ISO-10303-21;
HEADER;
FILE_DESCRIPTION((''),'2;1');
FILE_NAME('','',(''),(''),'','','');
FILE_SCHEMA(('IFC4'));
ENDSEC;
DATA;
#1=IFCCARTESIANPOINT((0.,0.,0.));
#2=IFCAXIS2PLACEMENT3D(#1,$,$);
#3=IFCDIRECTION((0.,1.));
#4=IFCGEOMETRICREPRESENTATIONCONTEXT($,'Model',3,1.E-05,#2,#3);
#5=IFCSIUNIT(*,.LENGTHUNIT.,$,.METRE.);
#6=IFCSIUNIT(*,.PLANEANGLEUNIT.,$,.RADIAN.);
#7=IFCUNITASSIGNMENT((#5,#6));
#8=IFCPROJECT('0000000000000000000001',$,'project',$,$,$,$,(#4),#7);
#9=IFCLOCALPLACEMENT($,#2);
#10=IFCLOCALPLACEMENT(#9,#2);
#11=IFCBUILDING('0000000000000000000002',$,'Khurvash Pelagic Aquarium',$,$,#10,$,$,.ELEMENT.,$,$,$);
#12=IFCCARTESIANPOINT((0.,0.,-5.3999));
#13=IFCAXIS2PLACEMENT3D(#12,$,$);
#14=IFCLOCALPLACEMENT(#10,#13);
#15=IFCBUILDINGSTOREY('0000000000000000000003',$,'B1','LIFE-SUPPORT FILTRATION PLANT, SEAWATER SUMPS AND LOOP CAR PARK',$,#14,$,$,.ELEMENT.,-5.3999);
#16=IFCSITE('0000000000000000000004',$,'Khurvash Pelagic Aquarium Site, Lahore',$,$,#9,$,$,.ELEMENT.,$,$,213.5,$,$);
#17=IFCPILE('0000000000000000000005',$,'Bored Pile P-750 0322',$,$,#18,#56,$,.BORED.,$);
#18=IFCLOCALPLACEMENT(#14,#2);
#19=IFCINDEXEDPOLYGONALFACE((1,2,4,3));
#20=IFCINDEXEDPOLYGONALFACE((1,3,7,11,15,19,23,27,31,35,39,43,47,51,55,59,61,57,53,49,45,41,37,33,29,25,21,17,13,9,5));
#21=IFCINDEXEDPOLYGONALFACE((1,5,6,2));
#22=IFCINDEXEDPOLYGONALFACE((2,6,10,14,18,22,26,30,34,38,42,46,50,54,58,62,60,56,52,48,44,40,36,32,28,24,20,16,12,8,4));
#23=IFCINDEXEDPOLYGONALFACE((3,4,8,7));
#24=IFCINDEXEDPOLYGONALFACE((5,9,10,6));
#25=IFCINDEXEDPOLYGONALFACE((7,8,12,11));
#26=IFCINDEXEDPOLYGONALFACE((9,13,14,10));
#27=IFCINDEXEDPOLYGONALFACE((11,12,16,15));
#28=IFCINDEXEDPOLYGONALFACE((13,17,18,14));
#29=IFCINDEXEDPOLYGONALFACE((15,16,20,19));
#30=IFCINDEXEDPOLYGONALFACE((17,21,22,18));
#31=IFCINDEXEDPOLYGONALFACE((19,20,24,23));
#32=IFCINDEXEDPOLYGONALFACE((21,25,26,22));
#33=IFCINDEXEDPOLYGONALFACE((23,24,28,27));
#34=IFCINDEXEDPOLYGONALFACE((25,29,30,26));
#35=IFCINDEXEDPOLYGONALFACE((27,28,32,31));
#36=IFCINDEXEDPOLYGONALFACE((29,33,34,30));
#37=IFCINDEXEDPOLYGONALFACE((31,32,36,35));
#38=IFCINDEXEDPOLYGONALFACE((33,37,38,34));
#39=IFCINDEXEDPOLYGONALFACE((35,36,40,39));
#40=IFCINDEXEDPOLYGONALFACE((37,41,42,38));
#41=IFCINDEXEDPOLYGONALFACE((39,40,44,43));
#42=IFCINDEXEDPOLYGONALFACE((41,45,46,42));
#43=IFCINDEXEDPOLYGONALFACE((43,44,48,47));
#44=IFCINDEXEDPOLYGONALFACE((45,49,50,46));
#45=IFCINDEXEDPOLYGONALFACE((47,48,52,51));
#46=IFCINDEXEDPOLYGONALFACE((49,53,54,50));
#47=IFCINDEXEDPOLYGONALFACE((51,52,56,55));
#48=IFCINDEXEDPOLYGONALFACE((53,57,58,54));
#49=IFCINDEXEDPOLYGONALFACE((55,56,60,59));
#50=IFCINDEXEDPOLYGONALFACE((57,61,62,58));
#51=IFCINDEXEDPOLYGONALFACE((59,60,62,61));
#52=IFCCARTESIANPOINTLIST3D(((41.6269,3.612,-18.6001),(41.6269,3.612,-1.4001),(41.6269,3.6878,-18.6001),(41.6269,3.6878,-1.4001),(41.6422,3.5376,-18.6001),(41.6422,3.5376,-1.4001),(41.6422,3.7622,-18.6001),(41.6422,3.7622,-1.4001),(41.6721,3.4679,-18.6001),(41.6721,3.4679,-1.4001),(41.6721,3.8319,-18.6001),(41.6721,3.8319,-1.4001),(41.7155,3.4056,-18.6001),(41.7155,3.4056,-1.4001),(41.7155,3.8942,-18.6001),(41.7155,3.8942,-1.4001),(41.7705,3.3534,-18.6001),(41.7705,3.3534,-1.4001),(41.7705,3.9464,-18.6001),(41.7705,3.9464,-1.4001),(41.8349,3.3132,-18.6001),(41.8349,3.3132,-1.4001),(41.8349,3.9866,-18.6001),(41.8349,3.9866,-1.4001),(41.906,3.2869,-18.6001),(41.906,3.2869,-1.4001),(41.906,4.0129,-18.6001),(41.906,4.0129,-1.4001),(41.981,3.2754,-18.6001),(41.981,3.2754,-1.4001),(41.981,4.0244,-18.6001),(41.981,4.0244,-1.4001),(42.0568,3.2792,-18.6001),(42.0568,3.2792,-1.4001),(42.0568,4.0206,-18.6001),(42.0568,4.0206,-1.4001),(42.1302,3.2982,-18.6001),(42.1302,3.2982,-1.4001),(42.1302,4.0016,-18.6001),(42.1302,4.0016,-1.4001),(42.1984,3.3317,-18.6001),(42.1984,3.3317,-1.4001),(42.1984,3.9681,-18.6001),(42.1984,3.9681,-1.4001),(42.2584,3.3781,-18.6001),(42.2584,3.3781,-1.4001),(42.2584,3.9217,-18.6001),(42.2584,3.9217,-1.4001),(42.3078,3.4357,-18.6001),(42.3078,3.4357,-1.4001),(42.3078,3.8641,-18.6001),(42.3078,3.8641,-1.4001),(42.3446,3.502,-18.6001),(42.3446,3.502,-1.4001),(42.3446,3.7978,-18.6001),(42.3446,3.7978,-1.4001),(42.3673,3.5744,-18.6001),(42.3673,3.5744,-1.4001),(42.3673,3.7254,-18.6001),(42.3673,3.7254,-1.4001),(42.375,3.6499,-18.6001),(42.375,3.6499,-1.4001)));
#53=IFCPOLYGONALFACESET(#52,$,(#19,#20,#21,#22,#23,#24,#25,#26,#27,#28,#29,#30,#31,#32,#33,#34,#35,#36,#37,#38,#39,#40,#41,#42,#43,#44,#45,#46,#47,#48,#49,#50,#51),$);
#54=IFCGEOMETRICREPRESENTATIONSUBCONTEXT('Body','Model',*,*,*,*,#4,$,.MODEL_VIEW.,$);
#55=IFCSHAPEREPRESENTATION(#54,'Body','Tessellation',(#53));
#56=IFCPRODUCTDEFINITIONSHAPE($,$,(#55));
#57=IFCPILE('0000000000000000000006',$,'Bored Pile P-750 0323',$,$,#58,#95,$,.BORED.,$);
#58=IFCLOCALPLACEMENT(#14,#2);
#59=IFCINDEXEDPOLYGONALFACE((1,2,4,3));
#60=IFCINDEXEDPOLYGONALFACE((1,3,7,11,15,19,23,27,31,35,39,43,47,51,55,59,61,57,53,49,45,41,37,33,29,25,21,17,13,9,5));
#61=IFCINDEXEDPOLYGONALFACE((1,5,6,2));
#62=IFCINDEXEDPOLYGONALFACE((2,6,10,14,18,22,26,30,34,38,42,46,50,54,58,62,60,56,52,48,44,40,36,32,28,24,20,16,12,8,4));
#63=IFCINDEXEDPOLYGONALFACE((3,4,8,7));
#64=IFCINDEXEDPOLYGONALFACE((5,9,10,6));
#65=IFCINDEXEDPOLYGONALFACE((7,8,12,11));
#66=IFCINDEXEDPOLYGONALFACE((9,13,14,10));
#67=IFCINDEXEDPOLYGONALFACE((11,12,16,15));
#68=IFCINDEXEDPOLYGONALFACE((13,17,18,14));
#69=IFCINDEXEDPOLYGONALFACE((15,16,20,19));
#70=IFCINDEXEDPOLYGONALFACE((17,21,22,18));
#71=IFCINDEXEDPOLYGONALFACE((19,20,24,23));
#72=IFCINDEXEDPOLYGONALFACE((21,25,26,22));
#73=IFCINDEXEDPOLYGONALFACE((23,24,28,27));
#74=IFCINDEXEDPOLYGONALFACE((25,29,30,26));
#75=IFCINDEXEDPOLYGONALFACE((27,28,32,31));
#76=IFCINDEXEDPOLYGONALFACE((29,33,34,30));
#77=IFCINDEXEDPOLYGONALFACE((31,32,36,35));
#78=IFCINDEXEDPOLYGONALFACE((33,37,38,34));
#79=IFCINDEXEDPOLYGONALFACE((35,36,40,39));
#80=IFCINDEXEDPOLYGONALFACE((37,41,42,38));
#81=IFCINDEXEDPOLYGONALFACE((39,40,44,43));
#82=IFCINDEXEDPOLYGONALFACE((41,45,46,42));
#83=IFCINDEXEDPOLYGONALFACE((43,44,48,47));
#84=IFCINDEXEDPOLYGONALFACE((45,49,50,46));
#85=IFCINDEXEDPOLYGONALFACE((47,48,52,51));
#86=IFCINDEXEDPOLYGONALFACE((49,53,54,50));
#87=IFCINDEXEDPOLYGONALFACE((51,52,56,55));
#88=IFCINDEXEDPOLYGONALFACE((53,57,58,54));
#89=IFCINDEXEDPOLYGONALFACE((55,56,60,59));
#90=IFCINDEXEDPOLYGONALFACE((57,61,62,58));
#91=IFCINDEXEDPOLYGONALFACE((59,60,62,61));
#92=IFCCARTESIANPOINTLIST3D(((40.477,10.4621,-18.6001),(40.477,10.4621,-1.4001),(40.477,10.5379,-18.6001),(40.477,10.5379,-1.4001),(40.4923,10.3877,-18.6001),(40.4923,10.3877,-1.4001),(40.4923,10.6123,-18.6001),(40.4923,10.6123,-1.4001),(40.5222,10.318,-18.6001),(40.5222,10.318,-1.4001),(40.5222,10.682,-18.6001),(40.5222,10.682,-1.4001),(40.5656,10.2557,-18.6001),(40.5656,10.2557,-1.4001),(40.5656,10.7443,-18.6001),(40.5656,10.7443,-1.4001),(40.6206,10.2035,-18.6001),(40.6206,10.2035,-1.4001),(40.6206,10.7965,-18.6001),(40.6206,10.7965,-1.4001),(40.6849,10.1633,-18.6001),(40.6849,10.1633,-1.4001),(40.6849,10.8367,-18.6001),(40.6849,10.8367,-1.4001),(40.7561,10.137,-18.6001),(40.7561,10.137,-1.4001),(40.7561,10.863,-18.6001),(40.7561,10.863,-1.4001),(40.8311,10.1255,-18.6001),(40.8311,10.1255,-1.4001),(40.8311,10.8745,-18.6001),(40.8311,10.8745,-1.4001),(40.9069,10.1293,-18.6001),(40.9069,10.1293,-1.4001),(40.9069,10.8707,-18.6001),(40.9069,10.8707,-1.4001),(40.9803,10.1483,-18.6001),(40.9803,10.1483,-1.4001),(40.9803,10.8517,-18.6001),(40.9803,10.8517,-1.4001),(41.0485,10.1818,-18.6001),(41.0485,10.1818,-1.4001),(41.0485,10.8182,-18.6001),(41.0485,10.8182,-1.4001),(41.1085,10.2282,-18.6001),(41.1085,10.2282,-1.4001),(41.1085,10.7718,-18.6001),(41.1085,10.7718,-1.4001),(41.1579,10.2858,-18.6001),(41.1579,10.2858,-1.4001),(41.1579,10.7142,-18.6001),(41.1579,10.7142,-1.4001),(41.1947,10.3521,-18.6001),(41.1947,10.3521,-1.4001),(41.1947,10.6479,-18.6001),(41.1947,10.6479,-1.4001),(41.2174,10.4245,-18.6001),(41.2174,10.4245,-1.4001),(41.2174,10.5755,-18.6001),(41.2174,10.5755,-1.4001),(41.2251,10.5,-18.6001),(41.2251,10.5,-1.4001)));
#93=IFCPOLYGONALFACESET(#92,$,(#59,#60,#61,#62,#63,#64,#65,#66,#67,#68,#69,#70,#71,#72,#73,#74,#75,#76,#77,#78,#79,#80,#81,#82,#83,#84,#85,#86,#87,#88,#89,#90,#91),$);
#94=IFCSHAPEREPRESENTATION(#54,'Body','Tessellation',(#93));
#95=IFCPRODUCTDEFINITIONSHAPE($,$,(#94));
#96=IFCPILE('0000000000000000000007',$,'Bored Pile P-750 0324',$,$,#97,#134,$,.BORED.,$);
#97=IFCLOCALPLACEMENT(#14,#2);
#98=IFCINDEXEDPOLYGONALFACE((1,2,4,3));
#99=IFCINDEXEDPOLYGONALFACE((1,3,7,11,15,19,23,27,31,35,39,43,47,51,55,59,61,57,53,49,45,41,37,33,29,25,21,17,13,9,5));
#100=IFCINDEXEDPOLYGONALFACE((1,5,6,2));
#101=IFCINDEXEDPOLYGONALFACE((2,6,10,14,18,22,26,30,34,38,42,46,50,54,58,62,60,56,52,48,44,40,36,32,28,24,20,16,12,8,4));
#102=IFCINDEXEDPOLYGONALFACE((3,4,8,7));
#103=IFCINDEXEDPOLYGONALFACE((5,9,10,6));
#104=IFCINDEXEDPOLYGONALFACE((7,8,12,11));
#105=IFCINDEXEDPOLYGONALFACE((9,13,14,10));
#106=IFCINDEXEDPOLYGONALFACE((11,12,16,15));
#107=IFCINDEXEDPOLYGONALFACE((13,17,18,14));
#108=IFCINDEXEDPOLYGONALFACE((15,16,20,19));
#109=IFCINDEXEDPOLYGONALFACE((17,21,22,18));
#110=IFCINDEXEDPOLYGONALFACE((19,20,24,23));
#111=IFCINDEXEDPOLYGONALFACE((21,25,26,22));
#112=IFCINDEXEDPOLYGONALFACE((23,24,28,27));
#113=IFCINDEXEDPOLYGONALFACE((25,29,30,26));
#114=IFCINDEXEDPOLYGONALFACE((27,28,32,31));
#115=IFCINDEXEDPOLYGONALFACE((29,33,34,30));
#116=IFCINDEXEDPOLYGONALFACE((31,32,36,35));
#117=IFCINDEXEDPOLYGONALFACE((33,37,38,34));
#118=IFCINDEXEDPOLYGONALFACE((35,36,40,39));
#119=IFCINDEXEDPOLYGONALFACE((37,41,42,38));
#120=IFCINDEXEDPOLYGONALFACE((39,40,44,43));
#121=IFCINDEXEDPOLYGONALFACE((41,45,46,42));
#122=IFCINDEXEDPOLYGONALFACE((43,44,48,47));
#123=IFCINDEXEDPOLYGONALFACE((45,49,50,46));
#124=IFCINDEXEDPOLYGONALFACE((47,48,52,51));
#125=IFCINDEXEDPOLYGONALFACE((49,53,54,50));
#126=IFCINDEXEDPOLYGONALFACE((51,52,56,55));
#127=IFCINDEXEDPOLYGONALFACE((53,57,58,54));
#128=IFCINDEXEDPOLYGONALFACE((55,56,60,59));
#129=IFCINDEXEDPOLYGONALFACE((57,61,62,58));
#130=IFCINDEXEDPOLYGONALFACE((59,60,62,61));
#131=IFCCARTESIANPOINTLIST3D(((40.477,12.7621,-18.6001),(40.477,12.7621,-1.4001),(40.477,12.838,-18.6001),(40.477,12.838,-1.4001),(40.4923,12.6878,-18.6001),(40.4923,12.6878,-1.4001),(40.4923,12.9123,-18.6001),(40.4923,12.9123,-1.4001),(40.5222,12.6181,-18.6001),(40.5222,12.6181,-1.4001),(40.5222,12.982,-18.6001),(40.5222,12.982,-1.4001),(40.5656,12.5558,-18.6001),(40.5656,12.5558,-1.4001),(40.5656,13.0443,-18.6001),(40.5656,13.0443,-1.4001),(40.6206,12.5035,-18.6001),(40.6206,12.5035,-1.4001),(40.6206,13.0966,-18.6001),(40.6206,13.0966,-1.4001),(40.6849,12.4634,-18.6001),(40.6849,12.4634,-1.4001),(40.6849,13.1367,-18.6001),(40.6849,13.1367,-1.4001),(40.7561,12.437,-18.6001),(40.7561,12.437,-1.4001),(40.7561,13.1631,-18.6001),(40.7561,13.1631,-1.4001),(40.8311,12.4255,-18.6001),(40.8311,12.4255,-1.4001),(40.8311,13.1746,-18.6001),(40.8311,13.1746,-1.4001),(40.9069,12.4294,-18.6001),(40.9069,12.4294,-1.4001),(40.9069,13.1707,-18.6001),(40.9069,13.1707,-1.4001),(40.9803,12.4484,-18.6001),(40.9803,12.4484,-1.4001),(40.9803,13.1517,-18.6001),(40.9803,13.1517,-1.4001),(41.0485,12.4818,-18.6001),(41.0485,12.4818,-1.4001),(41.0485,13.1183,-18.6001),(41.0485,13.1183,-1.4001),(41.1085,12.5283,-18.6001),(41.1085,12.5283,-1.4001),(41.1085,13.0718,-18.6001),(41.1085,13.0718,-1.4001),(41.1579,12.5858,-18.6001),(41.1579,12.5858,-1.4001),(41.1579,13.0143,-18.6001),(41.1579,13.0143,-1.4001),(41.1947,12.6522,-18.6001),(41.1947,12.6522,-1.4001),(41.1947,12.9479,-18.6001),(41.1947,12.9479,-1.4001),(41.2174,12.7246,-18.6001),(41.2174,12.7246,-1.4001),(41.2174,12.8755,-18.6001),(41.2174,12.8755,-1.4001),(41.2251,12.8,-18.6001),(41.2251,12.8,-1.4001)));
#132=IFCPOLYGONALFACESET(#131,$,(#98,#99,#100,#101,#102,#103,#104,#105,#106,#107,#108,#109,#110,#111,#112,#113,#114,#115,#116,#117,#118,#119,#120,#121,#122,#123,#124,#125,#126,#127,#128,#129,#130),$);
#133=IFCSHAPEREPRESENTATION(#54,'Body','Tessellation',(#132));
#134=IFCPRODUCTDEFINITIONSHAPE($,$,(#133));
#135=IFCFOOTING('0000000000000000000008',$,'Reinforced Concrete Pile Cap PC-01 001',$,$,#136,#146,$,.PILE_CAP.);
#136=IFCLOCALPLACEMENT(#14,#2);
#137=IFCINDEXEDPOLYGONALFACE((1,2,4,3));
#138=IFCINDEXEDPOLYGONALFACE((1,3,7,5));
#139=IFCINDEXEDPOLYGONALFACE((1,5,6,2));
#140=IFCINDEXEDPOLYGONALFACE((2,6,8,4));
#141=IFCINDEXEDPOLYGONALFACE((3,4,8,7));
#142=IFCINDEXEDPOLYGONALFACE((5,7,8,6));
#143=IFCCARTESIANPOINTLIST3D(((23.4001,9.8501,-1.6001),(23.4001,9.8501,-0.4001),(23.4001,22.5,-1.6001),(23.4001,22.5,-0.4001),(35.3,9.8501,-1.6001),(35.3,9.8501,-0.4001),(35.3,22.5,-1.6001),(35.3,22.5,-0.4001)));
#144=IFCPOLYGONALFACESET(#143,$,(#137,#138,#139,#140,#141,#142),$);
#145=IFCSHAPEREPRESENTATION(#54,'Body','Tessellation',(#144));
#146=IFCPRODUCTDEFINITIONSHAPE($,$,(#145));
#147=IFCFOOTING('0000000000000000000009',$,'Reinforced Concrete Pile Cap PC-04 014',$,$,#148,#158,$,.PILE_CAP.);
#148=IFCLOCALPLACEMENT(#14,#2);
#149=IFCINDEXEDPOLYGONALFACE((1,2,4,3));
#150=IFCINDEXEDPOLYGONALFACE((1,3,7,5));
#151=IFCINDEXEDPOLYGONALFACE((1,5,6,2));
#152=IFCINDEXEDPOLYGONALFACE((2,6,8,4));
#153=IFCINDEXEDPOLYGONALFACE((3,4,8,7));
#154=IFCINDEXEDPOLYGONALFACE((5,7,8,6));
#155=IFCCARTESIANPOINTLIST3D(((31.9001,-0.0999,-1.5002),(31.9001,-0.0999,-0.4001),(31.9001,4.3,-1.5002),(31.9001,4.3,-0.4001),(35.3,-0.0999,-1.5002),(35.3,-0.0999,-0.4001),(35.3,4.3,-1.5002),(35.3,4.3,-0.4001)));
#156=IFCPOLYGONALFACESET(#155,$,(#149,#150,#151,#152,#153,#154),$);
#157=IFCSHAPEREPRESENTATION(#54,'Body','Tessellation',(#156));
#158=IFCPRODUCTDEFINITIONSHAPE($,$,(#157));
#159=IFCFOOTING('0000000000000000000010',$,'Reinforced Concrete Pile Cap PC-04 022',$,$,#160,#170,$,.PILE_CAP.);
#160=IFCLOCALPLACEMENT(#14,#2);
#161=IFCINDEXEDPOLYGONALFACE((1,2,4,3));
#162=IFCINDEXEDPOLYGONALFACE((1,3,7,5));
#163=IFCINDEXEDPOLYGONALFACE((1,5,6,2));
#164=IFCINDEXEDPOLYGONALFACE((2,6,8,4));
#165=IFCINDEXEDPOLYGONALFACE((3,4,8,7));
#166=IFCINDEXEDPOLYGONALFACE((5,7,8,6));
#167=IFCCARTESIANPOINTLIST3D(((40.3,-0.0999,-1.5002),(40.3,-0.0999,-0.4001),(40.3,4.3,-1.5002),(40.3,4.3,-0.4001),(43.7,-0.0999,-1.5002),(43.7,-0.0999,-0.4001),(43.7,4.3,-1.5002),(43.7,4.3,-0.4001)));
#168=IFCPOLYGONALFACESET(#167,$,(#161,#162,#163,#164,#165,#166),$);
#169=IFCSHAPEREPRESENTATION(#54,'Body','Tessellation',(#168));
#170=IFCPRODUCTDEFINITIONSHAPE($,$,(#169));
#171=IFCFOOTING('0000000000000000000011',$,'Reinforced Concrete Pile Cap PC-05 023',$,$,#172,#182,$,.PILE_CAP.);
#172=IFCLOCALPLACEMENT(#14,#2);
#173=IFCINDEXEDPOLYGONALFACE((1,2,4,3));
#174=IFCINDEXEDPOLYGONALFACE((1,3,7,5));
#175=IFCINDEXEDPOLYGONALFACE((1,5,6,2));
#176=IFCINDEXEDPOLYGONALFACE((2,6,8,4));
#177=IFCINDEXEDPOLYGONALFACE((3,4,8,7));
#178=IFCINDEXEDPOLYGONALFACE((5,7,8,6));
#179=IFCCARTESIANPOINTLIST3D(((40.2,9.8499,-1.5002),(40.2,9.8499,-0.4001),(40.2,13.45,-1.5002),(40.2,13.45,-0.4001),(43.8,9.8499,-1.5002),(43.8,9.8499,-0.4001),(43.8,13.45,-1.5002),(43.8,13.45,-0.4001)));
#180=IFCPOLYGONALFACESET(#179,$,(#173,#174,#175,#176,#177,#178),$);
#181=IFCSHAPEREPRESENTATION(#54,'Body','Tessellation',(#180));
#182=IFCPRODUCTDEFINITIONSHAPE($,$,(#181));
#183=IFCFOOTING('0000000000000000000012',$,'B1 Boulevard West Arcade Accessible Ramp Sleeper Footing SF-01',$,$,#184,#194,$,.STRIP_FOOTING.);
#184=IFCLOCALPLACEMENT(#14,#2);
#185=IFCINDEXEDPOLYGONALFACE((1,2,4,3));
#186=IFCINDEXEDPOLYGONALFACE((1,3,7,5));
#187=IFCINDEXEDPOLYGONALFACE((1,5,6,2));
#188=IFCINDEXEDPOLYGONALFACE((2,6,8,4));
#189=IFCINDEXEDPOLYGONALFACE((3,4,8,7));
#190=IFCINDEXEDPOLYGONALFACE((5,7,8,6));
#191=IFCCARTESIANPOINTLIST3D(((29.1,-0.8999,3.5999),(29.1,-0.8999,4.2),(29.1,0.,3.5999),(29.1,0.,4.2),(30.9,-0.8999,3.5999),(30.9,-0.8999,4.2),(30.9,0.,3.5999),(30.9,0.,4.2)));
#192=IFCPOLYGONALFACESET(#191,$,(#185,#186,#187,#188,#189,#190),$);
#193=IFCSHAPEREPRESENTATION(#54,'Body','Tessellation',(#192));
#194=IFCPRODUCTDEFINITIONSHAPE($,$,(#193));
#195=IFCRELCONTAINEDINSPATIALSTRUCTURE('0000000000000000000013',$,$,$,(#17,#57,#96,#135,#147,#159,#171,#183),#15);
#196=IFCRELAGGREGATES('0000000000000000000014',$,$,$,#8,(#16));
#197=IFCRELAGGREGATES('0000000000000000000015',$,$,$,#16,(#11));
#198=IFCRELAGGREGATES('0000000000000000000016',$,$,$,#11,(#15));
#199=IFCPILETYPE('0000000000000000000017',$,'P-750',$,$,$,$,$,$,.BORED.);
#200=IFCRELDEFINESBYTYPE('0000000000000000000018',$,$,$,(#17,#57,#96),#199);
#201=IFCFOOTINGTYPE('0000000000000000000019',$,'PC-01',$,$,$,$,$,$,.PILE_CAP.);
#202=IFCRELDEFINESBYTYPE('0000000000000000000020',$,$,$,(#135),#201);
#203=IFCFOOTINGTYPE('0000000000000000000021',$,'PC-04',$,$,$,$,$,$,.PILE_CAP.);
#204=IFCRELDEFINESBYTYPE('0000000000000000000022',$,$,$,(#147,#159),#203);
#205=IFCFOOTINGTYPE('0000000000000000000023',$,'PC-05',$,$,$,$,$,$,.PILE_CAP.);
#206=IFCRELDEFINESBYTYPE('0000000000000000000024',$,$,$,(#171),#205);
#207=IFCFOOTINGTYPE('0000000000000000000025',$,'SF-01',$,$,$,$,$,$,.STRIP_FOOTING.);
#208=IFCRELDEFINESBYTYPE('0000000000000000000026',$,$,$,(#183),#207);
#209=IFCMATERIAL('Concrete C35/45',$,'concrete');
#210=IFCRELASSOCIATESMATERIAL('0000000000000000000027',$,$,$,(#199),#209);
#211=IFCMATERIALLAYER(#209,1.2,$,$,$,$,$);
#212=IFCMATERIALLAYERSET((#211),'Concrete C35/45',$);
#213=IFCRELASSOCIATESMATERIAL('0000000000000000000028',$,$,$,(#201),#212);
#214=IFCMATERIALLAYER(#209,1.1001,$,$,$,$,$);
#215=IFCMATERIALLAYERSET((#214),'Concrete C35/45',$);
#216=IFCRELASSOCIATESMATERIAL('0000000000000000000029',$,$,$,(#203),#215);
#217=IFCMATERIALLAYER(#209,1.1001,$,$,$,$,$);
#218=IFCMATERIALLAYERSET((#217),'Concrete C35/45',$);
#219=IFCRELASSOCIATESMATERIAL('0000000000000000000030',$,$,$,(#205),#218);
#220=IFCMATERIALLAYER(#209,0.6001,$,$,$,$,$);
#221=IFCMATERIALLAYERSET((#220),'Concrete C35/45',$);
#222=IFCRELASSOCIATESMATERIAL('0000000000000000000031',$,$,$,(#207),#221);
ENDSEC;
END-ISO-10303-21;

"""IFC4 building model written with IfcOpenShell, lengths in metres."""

from ifc_helpers import new_model, si_unit, direction, frame, origin, origin_2d, place, context, subcontext, project, spatial, rectangle, circle, extrude, material, layer, layer_set, material_profile, profile_set, type_object, element, save


model = new_model("IFC4")

# Units and contexts
model_context = context("Model", 3, precision=1e-05, world=origin(), true_north=direction((0.0, 1.0)))
body_context = subcontext(model_context, "Body", "Model", "MODEL_VIEW")
ifc_project = project(units=[si_unit("LENGTHUNIT", "METRE"), si_unit("PLANEANGLEUNIT", "RADIAN")], contexts=[model_context])

# Site, building, storey
site_placement = place(None, origin())
site = spatial("IfcSite", under=ifc_project, at=site_placement, Name="Khurvash Pelagic Aquarium Site, Lahore", CompositionType="ELEMENT", RefElevation=213.5)
building_placement = place(site_placement, origin())
building = spatial("IfcBuilding", under=site, at=building_placement, Name="Khurvash Pelagic Aquarium", CompositionType="ELEMENT")
storey_placement = place(building_placement, frame((0.0, 0.0, -5.3999)))
storey = spatial("IfcBuildingStorey", under=building, at=storey_placement, Name="B1", Description="LIFE-SUPPORT FILTRATION PLANT, SEAWATER SUMPS AND LOOP CAR PARK", CompositionType="ELEMENT", Elevation=-5.3999)

# Shared definitions
ifc_material_1 = material(Name="Concrete C35/45", Category="concrete")

# Piles
ifc_material_profile_1 = material_profile(ifc_material_1, circle(Radius=0.375, at=origin_2d()), Name="PILE750")
ifc_profile_set_1 = profile_set([ifc_material_profile_1], Name="Concrete C35/45")
pile_type = type_object("IfcPileType", Name="P-750", PredefinedType="BORED", material=ifc_profile_set_1)
for number, where, z_axis, x_axis, name in (
    (1, (42.0, 3.6499, -1.4001), (0.0, 0.0, -1.0), (1.0, 0.0, 0.0), "Bored Pile P-750 0322"),
    (2, (40.8501, 10.5, -1.4001), (0.0, 0.0, -1.0), (1.0, 0.0, 0.0), "Bored Pile P-750 0323"),
    (3, (40.8501, 12.8, -1.4001), (0.0, 0.0, -1.0), (1.0, 0.0, 0.0), "Bored Pile P-750 0324"),
):
    element("IfcPile", number, at=place(storey_placement, frame(where, z_axis=z_axis, x_axis=x_axis)), inside=storey, type_object=pile_type, Name=name, PredefinedType="BORED", context=body_context, shape_type="SweptSolid", body=[
        extrude(circle(Radius=0.375, at=origin_2d()), origin(), (0.0, 0.0, 1.0), 17.2),
    ])

# Footings
ifc_layer_1 = layer(ifc_material_1, 1.2)
ifc_layer_set_1 = layer_set([ifc_layer_1], Name="Concrete C35/45")
footing_type_1 = type_object("IfcFootingType", Name="PC-01", PredefinedType="PILE_CAP", material=ifc_layer_set_1)
footing_1_placement = place(storey_placement, frame((29.3501, 16.175, -1.6001), z_axis=(0.0, 0.0, 1.0), x_axis=(1.0, 0.0, 0.0)))
element("IfcFooting", 4, at=footing_1_placement, inside=storey, type_object=footing_type_1, Name="Reinforced Concrete Pile Cap PC-01 001", PredefinedType="PILE_CAP", context=body_context, shape_type="SweptSolid", body=[
    extrude(rectangle(XDim=11.8999, YDim=12.6499, at=origin_2d()), origin(), (0.0, 0.0, 1.0), 1.2),
])
ifc_layer_2 = layer(ifc_material_1, 1.1001)
ifc_layer_set_2 = layer_set([ifc_layer_2], Name="Concrete C35/45")
footing_type_2 = type_object("IfcFootingType", Name="PC-04", PredefinedType="PILE_CAP", material=ifc_layer_set_2)
for number, where, z_axis, x_axis, name in (
    (5, (33.6001, 2.1001, -1.5002), (0.0, 0.0, 1.0), (1.0, 0.0, 0.0), "Reinforced Concrete Pile Cap PC-04 014"),
    (6, (42.0, 2.1001, -1.5002), (0.0, 0.0, 1.0), (1.0, 0.0, 0.0), "Reinforced Concrete Pile Cap PC-04 022"),
):
    element("IfcFooting", number, at=place(storey_placement, frame(where, z_axis=z_axis, x_axis=x_axis)), inside=storey, type_object=footing_type_2, Name=name, PredefinedType="PILE_CAP", context=body_context, shape_type="SweptSolid", body=[
        extrude(rectangle(XDim=3.3999, YDim=4.3999, at=origin_2d()), origin(), (0.0, 0.0, 1.0), 1.1001),
    ])
ifc_layer_3 = layer(ifc_material_1, 1.1001)
ifc_layer_set_3 = layer_set([ifc_layer_3], Name="Concrete C35/45")
footing_type_3 = type_object("IfcFootingType", Name="PC-05", PredefinedType="PILE_CAP", material=ifc_layer_set_3)
footing_2_placement = place(storey_placement, frame((42.0, 11.6499, -1.5002), z_axis=(0.0, 0.0, 1.0), x_axis=(1.0, 0.0, 0.0)))
element("IfcFooting", 7, at=footing_2_placement, inside=storey, type_object=footing_type_3, Name="Reinforced Concrete Pile Cap PC-05 023", PredefinedType="PILE_CAP", context=body_context, shape_type="SweptSolid", body=[
    extrude(rectangle(XDim=3.6001, YDim=3.6001, at=origin_2d()), origin(), (0.0, 0.0, 1.0), 1.1001),
])
ifc_layer_4 = layer(ifc_material_1, 0.6001)
ifc_layer_set_4 = layer_set([ifc_layer_4], Name="Concrete C35/45")
footing_type_4 = type_object("IfcFootingType", Name="SF-01", PredefinedType="STRIP_FOOTING", material=ifc_layer_set_4)
footing_3_placement = place(storey_placement, frame((30.0, -0.45, 3.5999), z_axis=(0.0, 0.0, 1.0), x_axis=(1.0, 0.0, 0.0)))
element("IfcFooting", 8, at=footing_3_placement, inside=storey, type_object=footing_type_4, Name="B1 Boulevard West Arcade Accessible Ramp Sleeper Footing SF-01", PredefinedType="STRIP_FOOTING", context=body_context, shape_type="SweptSolid", body=[
    extrude(rectangle(XDim=1.8, YDim=0.8999, at=origin_2d()), origin(), (0.0, 0.0, 1.0), 0.6001),
])

save(model, "model.ifc")
